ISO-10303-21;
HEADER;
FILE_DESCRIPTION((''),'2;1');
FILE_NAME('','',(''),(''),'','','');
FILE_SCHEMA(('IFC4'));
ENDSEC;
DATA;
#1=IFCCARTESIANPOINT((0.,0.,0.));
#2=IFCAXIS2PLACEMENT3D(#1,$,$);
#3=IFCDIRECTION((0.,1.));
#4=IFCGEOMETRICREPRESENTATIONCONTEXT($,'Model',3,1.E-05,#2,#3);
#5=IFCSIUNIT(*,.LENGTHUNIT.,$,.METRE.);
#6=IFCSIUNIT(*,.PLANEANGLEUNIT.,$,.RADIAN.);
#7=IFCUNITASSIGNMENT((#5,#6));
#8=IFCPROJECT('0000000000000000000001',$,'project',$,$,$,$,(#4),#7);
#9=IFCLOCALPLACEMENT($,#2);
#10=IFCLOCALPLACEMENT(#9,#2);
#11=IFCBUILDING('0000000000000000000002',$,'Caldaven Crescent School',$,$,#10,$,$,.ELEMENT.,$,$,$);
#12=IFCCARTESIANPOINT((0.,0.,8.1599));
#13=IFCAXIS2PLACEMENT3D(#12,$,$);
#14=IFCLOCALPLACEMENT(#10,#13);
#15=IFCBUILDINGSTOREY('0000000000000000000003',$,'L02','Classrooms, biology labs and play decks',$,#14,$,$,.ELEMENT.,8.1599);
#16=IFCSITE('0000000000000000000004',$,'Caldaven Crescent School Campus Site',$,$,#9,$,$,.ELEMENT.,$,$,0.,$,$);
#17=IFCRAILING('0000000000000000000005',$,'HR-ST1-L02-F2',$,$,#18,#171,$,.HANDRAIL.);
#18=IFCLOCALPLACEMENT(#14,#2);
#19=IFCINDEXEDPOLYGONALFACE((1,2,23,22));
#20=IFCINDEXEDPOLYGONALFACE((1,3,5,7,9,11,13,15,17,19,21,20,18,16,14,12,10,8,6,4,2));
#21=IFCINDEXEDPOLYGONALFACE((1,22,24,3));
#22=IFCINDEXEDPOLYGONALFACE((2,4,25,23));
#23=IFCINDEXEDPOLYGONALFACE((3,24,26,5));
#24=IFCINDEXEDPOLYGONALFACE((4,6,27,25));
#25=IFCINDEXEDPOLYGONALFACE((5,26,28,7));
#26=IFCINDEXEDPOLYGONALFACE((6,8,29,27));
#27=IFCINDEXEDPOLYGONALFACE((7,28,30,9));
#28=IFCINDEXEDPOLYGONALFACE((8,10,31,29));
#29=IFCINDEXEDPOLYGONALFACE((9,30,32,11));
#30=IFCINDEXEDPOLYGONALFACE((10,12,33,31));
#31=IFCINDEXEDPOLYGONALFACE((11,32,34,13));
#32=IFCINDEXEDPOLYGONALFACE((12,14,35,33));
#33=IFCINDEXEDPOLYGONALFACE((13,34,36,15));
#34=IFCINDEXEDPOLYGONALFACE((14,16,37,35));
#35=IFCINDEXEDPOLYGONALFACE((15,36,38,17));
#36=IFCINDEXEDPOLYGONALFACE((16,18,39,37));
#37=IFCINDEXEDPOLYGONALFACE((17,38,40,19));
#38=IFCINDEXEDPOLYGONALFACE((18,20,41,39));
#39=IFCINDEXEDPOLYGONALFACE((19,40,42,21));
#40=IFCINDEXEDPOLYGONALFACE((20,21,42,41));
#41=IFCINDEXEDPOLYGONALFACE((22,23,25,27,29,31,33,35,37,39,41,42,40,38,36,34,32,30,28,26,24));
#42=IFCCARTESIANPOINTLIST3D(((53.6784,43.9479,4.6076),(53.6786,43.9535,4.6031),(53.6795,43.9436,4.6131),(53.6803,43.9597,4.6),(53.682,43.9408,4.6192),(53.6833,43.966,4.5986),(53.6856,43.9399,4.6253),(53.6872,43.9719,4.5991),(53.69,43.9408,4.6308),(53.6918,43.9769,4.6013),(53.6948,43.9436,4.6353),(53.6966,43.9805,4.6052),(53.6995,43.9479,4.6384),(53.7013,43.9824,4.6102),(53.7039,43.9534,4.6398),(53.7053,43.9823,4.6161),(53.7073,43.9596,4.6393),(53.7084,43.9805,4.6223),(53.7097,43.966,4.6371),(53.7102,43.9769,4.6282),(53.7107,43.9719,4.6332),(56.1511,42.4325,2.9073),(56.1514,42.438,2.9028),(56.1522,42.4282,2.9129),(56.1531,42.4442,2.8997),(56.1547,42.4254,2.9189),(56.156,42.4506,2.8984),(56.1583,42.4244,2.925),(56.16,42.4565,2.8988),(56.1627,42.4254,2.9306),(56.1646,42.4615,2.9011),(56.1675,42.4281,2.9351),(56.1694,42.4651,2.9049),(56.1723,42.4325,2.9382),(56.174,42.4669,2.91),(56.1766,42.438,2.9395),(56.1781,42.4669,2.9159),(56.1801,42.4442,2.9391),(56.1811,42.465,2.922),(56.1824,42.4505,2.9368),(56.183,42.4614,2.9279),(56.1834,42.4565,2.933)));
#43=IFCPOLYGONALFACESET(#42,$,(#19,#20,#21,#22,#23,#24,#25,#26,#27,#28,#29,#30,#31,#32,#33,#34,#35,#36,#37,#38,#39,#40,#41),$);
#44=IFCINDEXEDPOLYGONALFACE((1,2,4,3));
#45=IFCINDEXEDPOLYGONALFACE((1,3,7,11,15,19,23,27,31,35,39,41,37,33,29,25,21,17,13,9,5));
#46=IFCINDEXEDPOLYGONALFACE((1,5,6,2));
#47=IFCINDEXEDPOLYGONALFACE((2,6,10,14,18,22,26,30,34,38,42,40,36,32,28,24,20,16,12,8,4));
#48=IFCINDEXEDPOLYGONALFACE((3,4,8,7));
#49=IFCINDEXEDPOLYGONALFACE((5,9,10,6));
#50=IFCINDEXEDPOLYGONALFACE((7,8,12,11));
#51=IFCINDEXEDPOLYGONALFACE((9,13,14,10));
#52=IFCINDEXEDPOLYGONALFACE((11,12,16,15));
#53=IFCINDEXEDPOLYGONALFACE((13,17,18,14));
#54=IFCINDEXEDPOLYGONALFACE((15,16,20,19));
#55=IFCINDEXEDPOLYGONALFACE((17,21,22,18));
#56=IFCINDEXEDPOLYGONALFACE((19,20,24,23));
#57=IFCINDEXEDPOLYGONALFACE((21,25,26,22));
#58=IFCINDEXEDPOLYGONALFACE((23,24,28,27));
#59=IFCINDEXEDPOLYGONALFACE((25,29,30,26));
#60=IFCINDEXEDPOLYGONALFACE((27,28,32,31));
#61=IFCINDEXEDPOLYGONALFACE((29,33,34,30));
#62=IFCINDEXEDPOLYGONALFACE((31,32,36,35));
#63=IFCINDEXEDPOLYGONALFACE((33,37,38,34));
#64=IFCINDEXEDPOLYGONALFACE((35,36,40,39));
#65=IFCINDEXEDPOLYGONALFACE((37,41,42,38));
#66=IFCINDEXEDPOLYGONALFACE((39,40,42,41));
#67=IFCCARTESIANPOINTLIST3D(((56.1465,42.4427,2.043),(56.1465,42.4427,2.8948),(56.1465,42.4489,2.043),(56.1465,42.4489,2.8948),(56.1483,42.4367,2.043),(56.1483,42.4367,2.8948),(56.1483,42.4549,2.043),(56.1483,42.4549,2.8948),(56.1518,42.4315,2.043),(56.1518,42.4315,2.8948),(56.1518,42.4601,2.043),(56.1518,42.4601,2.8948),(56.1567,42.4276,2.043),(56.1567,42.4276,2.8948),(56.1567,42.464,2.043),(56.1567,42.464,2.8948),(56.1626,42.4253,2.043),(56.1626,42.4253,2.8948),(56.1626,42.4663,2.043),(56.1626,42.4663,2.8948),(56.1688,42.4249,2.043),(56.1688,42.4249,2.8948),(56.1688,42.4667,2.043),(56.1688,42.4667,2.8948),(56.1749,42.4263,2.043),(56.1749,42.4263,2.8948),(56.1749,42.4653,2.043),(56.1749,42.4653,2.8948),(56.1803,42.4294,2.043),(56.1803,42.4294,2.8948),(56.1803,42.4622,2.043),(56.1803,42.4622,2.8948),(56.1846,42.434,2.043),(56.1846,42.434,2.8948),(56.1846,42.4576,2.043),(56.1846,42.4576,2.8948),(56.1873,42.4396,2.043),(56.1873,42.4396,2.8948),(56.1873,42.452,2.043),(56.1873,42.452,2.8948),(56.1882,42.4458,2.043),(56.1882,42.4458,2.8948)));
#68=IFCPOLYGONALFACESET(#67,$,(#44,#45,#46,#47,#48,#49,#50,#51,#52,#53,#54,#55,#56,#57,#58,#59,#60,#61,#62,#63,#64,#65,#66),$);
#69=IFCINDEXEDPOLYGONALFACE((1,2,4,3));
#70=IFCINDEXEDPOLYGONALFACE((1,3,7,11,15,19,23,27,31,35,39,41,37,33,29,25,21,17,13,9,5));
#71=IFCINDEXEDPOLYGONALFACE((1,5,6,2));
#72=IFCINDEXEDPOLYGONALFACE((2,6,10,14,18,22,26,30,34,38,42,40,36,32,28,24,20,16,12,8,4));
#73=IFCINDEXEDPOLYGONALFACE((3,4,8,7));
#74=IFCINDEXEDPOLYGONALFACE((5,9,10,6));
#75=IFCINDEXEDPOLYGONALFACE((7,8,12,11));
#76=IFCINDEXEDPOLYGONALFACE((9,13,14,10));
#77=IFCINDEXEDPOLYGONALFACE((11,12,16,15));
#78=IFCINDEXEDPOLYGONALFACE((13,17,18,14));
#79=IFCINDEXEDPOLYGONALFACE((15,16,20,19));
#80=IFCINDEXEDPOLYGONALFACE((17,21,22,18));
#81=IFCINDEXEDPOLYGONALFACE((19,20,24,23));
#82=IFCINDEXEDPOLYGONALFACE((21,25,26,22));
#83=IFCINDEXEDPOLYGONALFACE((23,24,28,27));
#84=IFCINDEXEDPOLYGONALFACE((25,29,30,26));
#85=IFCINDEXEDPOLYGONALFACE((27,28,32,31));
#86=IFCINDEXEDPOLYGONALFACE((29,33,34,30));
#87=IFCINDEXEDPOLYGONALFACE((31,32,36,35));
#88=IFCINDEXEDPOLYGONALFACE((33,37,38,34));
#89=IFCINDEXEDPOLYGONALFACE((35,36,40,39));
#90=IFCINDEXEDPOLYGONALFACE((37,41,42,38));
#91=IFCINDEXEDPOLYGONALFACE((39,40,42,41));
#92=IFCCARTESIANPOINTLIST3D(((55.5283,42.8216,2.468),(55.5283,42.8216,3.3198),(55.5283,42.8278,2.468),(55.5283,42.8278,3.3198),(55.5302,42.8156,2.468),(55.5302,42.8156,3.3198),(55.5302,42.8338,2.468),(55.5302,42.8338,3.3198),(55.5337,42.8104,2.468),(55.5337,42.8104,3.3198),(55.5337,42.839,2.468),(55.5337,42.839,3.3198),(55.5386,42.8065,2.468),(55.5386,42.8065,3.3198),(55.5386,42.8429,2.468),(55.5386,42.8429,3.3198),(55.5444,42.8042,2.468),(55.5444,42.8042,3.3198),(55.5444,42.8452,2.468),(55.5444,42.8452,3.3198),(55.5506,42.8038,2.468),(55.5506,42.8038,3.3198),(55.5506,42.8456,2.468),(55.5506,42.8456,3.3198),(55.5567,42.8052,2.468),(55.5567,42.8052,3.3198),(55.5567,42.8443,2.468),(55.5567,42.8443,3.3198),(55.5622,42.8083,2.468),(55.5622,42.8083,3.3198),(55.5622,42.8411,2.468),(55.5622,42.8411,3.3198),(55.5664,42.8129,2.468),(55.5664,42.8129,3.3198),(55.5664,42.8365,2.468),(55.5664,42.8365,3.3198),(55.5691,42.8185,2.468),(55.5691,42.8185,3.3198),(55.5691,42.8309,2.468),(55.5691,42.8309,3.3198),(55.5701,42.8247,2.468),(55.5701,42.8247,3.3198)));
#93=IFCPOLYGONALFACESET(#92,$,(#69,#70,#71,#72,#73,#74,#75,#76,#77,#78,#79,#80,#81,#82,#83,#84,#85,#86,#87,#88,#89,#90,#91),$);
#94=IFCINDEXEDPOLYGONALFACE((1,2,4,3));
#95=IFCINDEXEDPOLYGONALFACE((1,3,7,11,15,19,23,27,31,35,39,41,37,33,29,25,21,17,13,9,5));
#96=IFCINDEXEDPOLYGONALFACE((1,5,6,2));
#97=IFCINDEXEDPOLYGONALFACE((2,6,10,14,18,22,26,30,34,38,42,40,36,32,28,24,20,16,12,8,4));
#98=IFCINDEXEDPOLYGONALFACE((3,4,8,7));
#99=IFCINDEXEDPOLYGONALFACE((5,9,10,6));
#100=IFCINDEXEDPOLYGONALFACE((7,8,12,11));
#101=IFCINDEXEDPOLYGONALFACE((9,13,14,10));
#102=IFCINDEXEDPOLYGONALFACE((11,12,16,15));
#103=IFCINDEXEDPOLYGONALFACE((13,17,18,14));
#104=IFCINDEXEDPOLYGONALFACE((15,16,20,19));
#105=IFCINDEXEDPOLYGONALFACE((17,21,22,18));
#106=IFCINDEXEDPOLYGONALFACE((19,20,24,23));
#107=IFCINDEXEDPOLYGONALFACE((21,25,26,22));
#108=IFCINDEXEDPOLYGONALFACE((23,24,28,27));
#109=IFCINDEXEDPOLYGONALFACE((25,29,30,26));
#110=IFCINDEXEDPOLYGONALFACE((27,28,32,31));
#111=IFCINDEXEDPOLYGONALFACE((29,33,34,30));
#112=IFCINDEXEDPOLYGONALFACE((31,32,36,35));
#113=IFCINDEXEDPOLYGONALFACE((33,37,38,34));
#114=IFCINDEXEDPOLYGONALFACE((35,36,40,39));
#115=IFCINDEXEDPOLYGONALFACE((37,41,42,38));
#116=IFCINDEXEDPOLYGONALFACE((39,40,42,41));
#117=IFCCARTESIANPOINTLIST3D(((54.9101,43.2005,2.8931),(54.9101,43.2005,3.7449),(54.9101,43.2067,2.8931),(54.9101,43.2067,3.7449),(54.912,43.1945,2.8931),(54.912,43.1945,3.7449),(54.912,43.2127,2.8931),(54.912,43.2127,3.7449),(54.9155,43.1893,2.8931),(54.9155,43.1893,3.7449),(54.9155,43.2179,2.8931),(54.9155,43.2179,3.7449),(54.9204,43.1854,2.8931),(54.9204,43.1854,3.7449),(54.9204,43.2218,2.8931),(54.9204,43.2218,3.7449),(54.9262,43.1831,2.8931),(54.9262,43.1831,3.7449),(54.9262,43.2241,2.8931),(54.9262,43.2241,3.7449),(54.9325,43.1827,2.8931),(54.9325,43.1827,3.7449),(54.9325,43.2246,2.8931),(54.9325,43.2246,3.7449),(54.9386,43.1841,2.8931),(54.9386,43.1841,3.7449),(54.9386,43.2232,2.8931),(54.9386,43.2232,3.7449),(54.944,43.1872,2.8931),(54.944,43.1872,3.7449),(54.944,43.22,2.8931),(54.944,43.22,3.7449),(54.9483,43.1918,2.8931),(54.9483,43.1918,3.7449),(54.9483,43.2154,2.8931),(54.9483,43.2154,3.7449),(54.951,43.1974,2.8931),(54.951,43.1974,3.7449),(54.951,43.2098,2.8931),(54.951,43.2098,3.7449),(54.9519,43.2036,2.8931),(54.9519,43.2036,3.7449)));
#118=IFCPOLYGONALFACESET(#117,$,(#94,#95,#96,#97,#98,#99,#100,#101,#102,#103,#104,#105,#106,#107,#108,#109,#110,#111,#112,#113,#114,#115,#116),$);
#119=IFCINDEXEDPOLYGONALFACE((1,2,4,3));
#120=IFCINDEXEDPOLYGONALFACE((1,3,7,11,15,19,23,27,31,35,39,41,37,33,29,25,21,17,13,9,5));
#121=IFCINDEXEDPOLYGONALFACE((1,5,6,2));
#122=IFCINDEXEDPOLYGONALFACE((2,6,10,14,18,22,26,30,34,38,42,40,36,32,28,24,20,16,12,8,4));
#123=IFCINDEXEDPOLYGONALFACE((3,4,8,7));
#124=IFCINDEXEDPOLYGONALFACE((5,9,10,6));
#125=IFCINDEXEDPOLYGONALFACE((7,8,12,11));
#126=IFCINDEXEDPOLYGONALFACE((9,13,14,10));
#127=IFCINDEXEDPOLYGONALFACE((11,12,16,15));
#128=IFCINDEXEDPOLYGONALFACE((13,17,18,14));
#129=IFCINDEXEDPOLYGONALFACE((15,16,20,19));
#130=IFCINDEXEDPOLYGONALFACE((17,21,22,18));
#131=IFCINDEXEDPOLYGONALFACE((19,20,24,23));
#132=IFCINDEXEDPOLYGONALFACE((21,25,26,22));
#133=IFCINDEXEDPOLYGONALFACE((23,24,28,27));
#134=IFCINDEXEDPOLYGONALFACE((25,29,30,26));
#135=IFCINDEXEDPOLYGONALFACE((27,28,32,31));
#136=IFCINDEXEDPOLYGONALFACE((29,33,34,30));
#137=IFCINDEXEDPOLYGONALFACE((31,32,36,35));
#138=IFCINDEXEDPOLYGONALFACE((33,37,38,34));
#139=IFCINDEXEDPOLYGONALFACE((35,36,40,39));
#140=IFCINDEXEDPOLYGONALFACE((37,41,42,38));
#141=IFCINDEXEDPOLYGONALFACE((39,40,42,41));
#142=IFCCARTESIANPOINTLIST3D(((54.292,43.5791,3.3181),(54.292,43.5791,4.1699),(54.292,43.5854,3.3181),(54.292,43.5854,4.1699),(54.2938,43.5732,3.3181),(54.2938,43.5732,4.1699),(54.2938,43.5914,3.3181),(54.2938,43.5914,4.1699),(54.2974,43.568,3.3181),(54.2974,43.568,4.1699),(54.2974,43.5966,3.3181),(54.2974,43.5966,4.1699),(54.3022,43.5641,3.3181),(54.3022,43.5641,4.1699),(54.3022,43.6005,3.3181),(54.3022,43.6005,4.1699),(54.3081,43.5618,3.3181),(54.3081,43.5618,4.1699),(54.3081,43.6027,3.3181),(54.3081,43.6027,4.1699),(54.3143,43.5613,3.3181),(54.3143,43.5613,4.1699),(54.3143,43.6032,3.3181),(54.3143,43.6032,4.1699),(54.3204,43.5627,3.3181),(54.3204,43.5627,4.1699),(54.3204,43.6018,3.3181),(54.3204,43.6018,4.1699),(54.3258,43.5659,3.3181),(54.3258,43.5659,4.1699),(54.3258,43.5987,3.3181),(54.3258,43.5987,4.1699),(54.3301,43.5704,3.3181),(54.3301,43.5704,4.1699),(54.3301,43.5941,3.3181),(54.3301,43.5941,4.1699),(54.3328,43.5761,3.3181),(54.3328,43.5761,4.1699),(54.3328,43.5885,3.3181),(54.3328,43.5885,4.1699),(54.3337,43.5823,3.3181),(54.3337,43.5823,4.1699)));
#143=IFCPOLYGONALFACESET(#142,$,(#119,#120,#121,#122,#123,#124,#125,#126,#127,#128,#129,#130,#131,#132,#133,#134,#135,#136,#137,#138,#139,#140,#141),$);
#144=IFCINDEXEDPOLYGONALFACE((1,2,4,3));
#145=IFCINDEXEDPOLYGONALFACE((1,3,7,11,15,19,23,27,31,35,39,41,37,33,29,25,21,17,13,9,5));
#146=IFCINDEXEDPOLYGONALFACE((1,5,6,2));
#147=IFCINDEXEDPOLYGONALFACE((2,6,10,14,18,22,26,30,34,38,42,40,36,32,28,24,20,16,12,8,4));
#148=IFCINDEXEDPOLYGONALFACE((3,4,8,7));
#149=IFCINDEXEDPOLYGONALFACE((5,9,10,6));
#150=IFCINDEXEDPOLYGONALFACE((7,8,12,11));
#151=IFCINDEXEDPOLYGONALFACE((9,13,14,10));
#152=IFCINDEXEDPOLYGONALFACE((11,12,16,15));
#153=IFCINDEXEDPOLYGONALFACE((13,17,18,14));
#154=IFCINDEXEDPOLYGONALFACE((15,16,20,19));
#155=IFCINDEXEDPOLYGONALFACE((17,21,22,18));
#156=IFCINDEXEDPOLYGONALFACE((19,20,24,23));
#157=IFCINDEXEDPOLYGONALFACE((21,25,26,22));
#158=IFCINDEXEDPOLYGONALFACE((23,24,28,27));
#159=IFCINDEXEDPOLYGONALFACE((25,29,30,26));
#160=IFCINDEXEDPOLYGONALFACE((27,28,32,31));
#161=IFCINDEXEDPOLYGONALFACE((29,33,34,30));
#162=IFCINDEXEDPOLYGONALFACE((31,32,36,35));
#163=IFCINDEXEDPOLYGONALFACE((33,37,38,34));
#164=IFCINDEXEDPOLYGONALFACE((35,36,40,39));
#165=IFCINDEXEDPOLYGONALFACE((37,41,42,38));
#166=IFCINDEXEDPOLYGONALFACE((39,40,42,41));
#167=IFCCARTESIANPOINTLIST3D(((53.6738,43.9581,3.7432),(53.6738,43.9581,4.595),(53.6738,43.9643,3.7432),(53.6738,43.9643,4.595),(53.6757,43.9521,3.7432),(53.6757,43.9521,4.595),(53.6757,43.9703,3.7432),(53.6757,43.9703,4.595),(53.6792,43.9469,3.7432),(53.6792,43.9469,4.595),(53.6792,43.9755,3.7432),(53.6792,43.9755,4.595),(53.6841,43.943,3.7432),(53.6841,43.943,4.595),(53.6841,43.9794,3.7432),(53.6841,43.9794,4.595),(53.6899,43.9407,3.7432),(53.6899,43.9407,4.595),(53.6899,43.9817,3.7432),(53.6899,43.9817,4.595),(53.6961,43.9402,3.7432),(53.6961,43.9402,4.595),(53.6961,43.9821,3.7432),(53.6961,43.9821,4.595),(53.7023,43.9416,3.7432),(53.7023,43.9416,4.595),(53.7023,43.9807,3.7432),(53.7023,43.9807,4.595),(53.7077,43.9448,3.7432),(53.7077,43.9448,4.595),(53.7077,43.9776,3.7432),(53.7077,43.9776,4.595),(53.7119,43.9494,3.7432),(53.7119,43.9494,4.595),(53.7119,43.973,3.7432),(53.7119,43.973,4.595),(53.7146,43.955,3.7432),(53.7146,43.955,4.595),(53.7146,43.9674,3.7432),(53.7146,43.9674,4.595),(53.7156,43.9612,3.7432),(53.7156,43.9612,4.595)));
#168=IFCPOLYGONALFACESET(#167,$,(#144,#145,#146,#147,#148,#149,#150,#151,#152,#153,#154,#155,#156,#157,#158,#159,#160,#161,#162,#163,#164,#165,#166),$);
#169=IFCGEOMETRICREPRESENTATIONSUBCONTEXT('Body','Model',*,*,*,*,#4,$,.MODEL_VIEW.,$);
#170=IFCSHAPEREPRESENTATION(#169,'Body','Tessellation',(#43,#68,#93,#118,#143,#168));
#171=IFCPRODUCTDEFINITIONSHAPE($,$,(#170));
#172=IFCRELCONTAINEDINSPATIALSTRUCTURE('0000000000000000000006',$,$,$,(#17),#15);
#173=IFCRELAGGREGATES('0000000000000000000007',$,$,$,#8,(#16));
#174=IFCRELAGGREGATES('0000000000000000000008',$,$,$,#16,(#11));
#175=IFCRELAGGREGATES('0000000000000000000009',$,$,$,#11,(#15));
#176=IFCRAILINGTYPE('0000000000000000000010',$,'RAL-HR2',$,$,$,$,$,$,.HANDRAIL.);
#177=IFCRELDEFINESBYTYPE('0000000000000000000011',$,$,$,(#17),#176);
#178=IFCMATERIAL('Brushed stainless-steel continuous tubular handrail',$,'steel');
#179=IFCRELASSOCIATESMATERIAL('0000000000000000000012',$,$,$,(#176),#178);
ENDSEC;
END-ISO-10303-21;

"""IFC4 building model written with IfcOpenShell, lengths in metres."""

from ifc_helpers import new_model, si_unit, direction, frame, origin, origin_2d, place, context, subcontext, project, spatial, circle, extrude, material, type_object, element, save


model = new_model("IFC4")

# Units and contexts
model_context = context("Model", 3, precision=1e-05, world=origin(), true_north=direction((0.0, 1.0)))
body_context = subcontext(model_context, "Body", "Model", "MODEL_VIEW")
ifc_project = project(units=[si_unit("LENGTHUNIT", "METRE"), si_unit("PLANEANGLEUNIT", "RADIAN")], contexts=[model_context])

# Site, building, storey
site_placement = place(None, origin())
site = spatial("IfcSite", under=ifc_project, at=site_placement, Name="Caldaven Crescent School Campus Site", CompositionType="ELEMENT", RefElevation=0.0)
building_placement = place(site_placement, origin())
building = spatial("IfcBuilding", under=site, at=building_placement, Name="Caldaven Crescent School", CompositionType="ELEMENT")
storey_placement = place(building_placement, frame((0.0, 0.0, 8.1599)))
storey = spatial("IfcBuildingStorey", under=building, at=storey_placement, Name="L02", Description="Classrooms, biology labs and play decks", CompositionType="ELEMENT", Elevation=8.1599)

# Railing
ifc_material_1 = material(Name="Brushed stainless-steel continuous tubular handrail", Category="steel")
railing_type_1 = type_object("IfcRailingType", Name="RAL-HR2", PredefinedType="HANDRAIL", material=ifc_material_1)
railing_1_placement = place(storey_placement, frame((56.1672, 42.4458, 2.043)))
element("IfcRailing", 1, at=railing_1_placement, inside=storey, type_object=railing_type_1, Name="HR-ST1-L02-F2", PredefinedType="HANDRAIL", context=body_context, shape_type="SweptSolid", body=[
    extrude(circle(Radius=0.0239, at=origin_2d()), frame((0.0, 0.0, 0.876), z_axis=(-0.735536, 0.450777, 0.505754), x_axis=(-0.522532, -0.852619, 0.0)), (0.0, 0.0, 1.0), 3.3618),
    extrude(circle(Radius=0.021, at=origin_2d()), origin(), (0.0, 0.0, 1.0), 0.8518),
    extrude(circle(Radius=0.021, at=origin_2d()), frame((-0.6182, 0.3789, 0.425)), (0.0, 0.0, 1.0), 0.8518),
    extrude(circle(Radius=0.021, at=origin_2d()), frame((-1.2363, 0.7578, 0.8501)), (0.0, 0.0, 1.0), 0.8518),
    extrude(circle(Radius=0.021, at=origin_2d()), frame((-1.8545, 1.1365, 1.2751)), (0.0, 0.0, 1.0), 0.8518),
    extrude(circle(Radius=0.021, at=origin_2d()), frame((-2.4727, 1.5154, 1.7002)), (0.0, 0.0, 1.0), 0.8518),
])

save(model, "model.ifc")
